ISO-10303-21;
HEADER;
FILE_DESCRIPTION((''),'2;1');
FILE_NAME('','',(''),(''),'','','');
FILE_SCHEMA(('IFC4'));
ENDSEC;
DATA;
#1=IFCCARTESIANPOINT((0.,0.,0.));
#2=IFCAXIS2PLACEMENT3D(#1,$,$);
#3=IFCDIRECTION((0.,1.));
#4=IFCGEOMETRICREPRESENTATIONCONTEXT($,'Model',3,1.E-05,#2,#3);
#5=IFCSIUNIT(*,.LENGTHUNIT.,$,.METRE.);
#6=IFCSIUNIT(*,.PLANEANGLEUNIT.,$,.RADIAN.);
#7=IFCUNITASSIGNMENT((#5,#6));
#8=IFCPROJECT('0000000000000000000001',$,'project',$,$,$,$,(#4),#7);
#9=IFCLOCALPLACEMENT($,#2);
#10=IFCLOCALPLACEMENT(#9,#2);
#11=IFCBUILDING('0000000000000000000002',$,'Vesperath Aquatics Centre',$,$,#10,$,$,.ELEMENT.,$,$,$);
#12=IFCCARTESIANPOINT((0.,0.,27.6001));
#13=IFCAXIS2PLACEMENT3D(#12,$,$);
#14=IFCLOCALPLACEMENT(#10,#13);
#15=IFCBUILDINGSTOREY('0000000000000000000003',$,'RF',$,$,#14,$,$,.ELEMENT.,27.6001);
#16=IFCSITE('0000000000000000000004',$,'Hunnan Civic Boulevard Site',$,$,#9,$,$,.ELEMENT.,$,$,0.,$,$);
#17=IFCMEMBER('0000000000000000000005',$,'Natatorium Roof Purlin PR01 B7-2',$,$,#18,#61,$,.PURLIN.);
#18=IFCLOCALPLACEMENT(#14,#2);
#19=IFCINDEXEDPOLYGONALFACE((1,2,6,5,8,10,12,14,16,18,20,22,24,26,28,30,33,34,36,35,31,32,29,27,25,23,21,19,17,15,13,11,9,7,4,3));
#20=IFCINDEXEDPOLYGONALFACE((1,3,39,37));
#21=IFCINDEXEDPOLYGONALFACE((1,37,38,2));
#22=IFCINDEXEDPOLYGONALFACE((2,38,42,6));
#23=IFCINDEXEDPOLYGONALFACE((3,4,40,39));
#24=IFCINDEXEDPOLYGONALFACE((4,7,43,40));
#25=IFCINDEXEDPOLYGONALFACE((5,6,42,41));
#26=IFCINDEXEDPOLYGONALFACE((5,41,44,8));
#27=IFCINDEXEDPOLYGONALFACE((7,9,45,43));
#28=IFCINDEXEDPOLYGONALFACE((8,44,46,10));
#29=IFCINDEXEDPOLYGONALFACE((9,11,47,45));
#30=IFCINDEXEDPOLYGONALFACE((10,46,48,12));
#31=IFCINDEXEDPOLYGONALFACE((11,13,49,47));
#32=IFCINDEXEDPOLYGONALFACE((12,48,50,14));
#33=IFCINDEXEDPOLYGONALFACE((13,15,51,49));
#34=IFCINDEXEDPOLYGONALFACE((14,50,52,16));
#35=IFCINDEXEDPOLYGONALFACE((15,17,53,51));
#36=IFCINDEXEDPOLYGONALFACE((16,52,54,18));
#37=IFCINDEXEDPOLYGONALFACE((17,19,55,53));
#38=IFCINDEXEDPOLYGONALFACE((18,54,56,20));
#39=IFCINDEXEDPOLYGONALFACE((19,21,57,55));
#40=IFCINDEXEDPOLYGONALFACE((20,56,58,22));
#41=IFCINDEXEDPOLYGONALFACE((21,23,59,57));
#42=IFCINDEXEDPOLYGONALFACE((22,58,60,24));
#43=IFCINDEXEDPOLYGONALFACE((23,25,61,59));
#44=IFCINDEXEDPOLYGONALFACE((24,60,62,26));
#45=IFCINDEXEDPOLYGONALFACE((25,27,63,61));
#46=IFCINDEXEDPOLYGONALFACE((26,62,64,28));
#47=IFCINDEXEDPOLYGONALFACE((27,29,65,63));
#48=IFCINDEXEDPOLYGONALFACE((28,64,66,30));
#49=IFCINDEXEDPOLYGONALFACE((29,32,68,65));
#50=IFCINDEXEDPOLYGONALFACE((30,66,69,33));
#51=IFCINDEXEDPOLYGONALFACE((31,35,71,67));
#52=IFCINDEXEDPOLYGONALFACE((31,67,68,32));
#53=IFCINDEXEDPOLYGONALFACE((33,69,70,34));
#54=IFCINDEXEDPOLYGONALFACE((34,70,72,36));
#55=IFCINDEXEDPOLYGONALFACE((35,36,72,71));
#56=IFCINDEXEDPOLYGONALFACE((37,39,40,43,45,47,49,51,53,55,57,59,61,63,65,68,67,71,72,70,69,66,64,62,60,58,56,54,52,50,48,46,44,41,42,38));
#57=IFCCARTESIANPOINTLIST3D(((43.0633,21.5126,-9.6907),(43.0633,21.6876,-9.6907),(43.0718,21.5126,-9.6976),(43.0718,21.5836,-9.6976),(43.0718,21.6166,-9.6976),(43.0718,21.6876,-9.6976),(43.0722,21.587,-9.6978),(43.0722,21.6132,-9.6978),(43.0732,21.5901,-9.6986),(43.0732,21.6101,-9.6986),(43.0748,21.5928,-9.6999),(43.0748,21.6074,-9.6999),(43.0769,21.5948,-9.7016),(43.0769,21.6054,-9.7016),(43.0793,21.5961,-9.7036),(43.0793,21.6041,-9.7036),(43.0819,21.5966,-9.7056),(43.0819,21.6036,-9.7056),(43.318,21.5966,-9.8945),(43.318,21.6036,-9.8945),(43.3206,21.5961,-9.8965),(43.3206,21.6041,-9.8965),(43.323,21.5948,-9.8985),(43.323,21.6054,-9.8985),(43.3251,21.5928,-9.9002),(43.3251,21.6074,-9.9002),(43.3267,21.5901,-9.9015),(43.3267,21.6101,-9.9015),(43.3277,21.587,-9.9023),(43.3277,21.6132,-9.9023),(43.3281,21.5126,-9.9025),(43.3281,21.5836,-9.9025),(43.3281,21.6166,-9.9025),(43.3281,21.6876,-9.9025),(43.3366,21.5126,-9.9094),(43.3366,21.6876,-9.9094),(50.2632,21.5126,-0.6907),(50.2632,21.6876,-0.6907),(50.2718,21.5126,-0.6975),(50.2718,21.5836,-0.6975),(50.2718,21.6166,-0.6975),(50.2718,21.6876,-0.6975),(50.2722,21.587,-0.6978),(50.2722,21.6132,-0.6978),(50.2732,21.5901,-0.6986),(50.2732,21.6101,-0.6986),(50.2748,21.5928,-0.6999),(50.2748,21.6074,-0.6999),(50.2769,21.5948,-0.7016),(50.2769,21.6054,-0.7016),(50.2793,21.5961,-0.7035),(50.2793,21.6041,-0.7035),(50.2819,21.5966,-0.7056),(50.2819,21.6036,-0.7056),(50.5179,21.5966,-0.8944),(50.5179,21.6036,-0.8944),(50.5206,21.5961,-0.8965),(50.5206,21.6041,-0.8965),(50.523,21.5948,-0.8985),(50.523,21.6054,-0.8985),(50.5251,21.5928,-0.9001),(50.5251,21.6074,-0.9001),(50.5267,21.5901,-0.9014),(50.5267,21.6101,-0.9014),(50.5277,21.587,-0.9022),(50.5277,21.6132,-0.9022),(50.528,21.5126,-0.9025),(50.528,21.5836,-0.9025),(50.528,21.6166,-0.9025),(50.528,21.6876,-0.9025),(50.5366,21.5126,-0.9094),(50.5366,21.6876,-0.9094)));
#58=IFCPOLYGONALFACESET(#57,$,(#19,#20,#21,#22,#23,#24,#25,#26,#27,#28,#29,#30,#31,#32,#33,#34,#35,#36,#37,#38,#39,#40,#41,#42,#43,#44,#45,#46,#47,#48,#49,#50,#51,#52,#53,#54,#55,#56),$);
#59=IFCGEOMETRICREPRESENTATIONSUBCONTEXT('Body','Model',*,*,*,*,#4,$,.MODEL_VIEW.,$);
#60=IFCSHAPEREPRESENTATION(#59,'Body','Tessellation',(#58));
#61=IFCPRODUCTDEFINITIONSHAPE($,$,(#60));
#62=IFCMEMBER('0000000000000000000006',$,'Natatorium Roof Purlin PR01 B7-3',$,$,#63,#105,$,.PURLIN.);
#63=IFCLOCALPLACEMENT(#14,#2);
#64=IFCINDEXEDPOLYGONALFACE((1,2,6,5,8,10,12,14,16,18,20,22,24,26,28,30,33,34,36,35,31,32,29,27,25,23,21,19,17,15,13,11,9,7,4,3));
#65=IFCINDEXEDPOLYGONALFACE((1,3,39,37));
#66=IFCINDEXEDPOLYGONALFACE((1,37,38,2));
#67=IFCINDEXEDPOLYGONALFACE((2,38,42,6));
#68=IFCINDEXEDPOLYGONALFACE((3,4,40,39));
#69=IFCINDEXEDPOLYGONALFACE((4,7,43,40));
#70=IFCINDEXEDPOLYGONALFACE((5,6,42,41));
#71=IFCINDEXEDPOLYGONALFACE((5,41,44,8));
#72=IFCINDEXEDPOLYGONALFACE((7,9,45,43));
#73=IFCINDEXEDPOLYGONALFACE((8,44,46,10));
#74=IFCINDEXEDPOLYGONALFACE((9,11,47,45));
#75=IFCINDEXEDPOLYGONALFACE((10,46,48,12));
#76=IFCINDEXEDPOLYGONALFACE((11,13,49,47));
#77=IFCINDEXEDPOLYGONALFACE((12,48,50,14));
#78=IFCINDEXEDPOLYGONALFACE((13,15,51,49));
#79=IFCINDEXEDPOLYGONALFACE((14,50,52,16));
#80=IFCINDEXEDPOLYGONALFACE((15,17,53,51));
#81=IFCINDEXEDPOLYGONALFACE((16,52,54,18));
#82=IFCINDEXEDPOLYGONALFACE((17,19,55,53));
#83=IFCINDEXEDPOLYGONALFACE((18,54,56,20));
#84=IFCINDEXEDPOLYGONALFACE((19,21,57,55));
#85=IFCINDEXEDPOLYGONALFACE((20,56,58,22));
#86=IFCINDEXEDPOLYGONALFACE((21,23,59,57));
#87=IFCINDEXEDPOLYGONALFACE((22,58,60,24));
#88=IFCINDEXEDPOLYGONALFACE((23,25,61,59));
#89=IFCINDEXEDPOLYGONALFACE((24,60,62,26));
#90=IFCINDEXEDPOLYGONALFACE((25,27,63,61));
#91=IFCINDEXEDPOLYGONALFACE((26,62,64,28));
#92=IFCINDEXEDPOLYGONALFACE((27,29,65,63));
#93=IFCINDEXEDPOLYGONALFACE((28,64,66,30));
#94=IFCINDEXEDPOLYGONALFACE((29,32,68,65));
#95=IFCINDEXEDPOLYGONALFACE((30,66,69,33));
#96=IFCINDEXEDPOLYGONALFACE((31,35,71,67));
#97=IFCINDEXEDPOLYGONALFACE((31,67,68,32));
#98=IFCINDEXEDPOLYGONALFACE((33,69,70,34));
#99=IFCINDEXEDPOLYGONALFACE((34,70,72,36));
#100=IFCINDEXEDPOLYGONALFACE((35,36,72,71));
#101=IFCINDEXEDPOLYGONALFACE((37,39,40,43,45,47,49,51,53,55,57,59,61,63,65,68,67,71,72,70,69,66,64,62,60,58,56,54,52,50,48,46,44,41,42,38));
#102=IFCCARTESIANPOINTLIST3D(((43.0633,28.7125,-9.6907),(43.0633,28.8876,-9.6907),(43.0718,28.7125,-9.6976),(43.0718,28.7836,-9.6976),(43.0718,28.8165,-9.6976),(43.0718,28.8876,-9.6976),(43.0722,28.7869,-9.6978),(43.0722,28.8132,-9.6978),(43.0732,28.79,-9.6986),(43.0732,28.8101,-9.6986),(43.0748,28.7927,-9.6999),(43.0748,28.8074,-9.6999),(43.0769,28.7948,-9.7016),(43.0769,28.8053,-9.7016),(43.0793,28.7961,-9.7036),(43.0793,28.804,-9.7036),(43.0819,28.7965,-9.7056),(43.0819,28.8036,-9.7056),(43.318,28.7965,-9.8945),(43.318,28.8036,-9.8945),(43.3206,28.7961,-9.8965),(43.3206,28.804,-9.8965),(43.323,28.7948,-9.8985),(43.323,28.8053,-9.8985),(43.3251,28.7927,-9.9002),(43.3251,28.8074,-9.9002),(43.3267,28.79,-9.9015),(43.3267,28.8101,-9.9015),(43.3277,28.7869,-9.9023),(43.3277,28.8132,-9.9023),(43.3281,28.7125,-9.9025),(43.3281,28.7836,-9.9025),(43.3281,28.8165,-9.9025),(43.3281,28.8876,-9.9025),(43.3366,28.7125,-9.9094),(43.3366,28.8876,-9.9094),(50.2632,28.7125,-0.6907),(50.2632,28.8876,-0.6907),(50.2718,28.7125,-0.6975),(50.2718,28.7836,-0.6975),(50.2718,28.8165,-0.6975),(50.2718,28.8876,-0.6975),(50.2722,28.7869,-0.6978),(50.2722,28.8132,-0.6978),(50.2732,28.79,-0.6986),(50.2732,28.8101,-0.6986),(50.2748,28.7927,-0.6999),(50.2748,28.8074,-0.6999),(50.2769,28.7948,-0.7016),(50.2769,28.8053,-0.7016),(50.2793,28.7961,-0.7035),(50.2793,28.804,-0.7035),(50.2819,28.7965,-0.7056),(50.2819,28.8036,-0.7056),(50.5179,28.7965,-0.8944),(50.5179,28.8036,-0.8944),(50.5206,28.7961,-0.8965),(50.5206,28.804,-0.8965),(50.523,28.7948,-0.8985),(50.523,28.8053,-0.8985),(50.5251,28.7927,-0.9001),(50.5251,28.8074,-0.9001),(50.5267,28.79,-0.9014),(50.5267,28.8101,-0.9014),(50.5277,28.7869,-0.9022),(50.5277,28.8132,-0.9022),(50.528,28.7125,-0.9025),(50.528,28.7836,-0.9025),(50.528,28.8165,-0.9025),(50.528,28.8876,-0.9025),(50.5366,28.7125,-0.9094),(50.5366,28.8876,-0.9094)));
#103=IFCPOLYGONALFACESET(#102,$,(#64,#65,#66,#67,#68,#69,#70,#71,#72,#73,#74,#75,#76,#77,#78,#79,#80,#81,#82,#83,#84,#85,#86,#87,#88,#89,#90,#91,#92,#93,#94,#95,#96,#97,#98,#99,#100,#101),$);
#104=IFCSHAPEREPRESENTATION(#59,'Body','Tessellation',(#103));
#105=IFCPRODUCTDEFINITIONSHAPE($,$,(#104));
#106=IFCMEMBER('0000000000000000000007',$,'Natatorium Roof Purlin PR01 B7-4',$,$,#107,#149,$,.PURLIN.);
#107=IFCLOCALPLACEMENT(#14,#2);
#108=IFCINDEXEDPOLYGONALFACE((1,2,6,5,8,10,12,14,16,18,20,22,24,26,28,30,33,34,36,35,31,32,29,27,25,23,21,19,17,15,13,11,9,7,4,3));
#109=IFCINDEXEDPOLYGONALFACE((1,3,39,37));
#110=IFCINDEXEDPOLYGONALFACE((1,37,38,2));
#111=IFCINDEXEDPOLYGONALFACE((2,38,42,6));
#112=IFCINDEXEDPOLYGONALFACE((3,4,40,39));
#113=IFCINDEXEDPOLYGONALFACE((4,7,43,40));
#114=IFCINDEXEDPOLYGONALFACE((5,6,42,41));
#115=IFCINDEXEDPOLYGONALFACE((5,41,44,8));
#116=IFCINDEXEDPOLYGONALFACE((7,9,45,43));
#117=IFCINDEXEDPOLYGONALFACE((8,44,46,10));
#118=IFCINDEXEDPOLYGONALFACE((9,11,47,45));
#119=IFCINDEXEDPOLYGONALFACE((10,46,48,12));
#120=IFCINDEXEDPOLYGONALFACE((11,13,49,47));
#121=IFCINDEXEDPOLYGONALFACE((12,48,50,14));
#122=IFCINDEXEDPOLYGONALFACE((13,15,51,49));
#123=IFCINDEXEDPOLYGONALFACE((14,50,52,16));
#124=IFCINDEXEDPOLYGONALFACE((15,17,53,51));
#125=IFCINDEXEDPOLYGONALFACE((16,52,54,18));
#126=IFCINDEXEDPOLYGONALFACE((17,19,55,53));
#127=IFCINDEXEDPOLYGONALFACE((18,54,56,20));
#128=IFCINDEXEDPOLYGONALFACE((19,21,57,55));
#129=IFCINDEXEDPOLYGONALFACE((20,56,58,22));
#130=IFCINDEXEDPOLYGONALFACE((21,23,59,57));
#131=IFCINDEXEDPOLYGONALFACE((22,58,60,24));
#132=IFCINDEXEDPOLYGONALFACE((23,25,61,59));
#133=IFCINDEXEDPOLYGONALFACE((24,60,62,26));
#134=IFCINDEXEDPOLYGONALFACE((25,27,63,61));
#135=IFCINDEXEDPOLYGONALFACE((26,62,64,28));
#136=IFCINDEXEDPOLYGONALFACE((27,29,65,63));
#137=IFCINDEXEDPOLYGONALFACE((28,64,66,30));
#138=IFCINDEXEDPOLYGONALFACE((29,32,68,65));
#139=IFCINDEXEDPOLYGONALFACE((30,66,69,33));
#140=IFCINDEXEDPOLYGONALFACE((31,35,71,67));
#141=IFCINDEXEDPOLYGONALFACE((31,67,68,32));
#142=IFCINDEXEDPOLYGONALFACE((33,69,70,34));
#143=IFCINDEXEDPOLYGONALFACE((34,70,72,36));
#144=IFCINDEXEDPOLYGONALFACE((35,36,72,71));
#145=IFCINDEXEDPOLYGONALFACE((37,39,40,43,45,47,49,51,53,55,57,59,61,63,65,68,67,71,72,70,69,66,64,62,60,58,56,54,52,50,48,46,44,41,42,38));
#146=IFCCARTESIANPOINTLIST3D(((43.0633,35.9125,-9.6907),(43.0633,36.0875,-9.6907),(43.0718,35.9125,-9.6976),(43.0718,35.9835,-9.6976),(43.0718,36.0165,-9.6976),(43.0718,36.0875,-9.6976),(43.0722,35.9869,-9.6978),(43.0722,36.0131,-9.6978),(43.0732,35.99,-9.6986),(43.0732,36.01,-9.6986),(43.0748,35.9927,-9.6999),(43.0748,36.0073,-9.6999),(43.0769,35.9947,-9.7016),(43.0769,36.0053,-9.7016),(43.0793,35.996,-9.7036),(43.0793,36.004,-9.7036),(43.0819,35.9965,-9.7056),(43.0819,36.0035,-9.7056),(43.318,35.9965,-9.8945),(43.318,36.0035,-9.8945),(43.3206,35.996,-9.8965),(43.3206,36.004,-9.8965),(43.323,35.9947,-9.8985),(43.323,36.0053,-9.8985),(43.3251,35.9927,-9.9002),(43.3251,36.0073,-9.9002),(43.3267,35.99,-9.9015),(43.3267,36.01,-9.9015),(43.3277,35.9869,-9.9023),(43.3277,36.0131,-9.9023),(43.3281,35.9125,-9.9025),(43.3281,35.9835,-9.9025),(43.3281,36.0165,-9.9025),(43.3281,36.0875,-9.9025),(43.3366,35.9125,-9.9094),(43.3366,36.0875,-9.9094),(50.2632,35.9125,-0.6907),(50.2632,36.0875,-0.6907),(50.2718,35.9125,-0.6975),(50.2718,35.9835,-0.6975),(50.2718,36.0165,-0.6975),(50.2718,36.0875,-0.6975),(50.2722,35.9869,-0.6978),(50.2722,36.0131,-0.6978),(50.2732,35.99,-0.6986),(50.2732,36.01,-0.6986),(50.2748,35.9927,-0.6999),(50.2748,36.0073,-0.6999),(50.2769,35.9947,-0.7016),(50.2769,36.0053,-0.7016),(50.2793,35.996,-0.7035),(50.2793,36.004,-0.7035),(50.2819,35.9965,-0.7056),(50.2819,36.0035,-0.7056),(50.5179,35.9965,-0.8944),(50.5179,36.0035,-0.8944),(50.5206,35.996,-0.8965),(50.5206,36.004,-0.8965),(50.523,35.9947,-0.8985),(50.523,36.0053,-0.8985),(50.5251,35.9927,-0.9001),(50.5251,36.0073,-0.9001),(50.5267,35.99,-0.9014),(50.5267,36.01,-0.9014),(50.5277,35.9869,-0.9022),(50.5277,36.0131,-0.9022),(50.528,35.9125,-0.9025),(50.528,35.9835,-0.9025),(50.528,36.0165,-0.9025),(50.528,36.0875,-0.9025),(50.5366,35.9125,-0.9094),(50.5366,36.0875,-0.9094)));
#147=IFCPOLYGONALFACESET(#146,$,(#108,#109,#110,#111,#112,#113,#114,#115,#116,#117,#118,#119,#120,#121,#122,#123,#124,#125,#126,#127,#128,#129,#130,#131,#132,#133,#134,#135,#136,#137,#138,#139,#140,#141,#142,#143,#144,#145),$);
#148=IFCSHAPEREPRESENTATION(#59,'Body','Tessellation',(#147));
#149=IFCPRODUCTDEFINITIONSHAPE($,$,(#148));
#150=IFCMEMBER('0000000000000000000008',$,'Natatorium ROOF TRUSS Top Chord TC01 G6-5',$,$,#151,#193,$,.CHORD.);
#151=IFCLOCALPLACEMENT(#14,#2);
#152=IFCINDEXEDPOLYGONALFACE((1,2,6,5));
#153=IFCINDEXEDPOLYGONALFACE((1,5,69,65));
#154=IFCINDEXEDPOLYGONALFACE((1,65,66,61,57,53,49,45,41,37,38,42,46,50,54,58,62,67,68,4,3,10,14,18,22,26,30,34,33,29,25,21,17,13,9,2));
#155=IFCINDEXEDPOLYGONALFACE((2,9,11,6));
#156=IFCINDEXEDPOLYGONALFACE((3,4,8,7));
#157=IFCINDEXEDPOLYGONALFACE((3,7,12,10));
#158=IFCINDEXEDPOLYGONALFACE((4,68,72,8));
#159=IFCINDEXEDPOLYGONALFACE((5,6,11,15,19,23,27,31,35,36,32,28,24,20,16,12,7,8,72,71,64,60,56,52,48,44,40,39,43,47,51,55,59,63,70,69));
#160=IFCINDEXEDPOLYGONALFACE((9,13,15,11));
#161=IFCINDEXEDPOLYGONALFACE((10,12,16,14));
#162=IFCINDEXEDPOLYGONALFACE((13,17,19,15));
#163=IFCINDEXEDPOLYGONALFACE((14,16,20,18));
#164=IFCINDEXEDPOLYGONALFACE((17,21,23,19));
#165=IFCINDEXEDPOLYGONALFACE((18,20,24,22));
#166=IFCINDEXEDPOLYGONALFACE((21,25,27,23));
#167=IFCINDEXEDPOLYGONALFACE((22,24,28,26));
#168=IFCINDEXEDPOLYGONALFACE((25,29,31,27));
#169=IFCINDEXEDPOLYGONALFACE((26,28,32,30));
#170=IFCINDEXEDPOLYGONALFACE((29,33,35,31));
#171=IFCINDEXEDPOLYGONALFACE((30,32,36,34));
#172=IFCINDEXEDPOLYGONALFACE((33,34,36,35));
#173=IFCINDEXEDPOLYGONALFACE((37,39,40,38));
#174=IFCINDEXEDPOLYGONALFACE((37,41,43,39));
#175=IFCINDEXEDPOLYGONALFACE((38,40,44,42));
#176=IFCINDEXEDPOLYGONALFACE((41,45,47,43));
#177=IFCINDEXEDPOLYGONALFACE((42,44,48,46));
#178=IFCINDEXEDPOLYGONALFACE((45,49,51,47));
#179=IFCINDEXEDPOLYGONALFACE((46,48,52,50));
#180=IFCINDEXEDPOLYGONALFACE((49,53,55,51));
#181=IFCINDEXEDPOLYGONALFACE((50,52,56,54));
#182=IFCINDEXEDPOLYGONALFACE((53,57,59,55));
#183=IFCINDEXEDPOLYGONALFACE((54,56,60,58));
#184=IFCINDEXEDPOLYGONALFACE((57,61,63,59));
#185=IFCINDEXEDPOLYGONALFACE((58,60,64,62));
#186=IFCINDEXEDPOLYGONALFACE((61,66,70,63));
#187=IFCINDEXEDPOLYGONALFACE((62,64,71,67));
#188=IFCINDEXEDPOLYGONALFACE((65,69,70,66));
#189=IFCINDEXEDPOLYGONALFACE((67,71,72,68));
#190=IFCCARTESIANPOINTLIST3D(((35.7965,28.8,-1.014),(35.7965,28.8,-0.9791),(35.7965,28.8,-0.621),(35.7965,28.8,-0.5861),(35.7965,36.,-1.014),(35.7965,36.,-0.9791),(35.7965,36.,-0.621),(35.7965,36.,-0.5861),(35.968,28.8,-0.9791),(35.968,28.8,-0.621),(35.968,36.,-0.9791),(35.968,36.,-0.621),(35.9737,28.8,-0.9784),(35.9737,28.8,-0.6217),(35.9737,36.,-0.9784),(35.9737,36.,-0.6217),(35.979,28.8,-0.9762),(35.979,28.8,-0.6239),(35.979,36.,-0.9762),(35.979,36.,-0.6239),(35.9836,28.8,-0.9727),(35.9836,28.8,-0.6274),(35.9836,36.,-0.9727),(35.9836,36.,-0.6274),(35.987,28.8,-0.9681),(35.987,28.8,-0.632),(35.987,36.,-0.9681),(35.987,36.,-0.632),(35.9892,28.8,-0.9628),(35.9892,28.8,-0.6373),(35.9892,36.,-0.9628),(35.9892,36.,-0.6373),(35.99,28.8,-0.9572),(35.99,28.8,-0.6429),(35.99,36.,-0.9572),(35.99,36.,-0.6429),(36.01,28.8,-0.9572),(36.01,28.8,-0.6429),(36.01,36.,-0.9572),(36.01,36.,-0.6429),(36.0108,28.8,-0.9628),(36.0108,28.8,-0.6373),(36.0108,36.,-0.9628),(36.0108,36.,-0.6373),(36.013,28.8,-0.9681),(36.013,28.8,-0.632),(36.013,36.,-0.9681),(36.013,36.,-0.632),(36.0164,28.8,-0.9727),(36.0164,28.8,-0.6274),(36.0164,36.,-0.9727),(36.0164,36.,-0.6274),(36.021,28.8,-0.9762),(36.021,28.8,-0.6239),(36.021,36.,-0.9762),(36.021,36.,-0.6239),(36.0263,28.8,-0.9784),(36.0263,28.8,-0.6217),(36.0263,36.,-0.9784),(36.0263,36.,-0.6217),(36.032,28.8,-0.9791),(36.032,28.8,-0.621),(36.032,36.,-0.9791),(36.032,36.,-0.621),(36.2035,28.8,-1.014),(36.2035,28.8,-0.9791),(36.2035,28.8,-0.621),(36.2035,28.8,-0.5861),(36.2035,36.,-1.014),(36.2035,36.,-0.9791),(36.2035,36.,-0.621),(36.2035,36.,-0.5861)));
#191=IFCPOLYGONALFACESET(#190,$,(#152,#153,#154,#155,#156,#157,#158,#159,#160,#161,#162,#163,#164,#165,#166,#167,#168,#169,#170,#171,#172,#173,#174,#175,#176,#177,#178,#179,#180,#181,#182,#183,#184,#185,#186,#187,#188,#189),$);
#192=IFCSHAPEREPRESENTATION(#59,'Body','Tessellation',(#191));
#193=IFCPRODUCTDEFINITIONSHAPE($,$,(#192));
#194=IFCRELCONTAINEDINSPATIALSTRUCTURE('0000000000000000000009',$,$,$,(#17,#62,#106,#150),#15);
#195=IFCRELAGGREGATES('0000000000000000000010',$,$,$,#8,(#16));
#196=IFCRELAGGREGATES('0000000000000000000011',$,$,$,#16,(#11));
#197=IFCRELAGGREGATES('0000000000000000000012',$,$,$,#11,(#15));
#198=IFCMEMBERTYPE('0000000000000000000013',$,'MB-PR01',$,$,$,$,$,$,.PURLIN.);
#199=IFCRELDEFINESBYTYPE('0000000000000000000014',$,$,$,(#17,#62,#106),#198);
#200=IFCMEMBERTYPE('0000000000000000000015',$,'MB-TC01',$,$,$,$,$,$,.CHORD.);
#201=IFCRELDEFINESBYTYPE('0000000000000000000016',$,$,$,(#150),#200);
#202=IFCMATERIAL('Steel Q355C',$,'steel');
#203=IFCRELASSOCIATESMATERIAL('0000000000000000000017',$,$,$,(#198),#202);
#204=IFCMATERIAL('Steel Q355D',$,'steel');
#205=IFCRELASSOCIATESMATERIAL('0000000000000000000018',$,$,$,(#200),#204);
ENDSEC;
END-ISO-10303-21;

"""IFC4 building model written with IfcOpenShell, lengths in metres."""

from ifc_helpers import new_model, si_unit, direction, frame, origin, origin_2d, place, context, subcontext, project, spatial, i_section, extrude, material, material_profile, profile_set, type_object, element, save


model = new_model("IFC4")

# Units and contexts
model_context = context("Model", 3, precision=1e-05, world=origin(), true_north=direction((0.0, 1.0)))
body_context = subcontext(model_context, "Body", "Model", "MODEL_VIEW")
ifc_project = project(units=[si_unit("LENGTHUNIT", "METRE"), si_unit("PLANEANGLEUNIT", "RADIAN")], contexts=[model_context])

# Site, building, storey
site_placement = place(None, origin())
site = spatial("IfcSite", under=ifc_project, at=site_placement, Name="Hunnan Civic Boulevard Site", CompositionType="ELEMENT", RefElevation=0.0)
building_placement = place(site_placement, origin())
building = spatial("IfcBuilding", under=site, at=building_placement, Name="Vesperath Aquatics Centre", CompositionType="ELEMENT")
storey_placement = place(building_placement, frame((0.0, 0.0, 27.6001)))
storey = spatial("IfcBuildingStorey", under=building, at=storey_placement, Name="RF", CompositionType="ELEMENT", Elevation=27.6001)

# Shared definitions
ifc_material_1 = material(Name="Steel Q355C", Category="steel")

# Members
ifc_material_2 = material(Name="Steel Q355D", Category="steel")
ifc_material_profile_1 = material_profile(ifc_material_1, i_section(OverallWidth=0.175, OverallDepth=0.3501, WebThickness=0.0071, FlangeThickness=0.011, FilletRadius=0.0129, at=origin_2d()), Name="HN 350x175x7x11")
ifc_profile_set_1 = profile_set([ifc_material_profile_1], Name="Steel Q355C")
member_type_1 = type_object("IfcMemberType", Name="MB-PR01", PredefinedType="PURLIN", material=ifc_profile_set_1)
for number, where, z_axis, x_axis, name in (
    (1, (43.2, 21.6001, -9.8), (0.624692, 0.0, 0.780871), (0.0, 1.0, 0.0), "Natatorium Roof Purlin PR01 B7-2"),
    (2, (43.2, 28.8, -9.8), (0.624692, 0.0, 0.780871), (0.0, 1.0, 0.0), "Natatorium Roof Purlin PR01 B7-3"),
    (3, (43.2, 36.0, -9.8), (0.624692, 0.0, 0.780871), (0.0, 1.0, 0.0), "Natatorium Roof Purlin PR01 B7-4"),
):
    element("IfcMember", number, at=place(storey_placement, frame(where, z_axis=z_axis, x_axis=x_axis)), inside=storey, type_object=member_type_1, Name=name, PredefinedType="PURLIN", context=body_context, shape_type="SweptSolid", body=[
        extrude(i_section(OverallWidth=0.175, OverallDepth=0.3501, WebThickness=0.0071, FlangeThickness=0.011, FilletRadius=0.0129, at=origin_2d()), origin(), (0.0, 0.0, 1.0), 11.5256),
    ])
ifc_material_profile_2 = material_profile(ifc_material_2, i_section(OverallWidth=0.407, OverallDepth=0.428, WebThickness=0.02, FlangeThickness=0.0349, FilletRadius=0.022, at=origin_2d()), Name="HW 428x407x20x35")
ifc_profile_set_2 = profile_set([ifc_material_profile_2], Name="Steel Q355D")
member_type_2 = type_object("IfcMemberType", Name="MB-TC01", PredefinedType="CHORD", material=ifc_profile_set_2)
for number, where, z_axis, x_axis, name in (
    (4, (36.0, 28.8, -0.8), (0.0, 1.0, 0.0), (-1.0, 0.0, 0.0), "Natatorium ROOF TRUSS Top Chord TC01 G6-5"),
):
    element("IfcMember", number, at=place(storey_placement, frame(where, z_axis=z_axis, x_axis=x_axis)), inside=storey, type_object=member_type_2, Name=name, PredefinedType="CHORD", context=body_context, shape_type="SweptSolid", body=[
        extrude(i_section(OverallWidth=0.407, OverallDepth=0.428, WebThickness=0.02, FlangeThickness=0.0349, FilletRadius=0.022, at=origin_2d()), origin(), (0.0, 0.0, 1.0), 7.2),
    ])

save(model, "model.ifc")
